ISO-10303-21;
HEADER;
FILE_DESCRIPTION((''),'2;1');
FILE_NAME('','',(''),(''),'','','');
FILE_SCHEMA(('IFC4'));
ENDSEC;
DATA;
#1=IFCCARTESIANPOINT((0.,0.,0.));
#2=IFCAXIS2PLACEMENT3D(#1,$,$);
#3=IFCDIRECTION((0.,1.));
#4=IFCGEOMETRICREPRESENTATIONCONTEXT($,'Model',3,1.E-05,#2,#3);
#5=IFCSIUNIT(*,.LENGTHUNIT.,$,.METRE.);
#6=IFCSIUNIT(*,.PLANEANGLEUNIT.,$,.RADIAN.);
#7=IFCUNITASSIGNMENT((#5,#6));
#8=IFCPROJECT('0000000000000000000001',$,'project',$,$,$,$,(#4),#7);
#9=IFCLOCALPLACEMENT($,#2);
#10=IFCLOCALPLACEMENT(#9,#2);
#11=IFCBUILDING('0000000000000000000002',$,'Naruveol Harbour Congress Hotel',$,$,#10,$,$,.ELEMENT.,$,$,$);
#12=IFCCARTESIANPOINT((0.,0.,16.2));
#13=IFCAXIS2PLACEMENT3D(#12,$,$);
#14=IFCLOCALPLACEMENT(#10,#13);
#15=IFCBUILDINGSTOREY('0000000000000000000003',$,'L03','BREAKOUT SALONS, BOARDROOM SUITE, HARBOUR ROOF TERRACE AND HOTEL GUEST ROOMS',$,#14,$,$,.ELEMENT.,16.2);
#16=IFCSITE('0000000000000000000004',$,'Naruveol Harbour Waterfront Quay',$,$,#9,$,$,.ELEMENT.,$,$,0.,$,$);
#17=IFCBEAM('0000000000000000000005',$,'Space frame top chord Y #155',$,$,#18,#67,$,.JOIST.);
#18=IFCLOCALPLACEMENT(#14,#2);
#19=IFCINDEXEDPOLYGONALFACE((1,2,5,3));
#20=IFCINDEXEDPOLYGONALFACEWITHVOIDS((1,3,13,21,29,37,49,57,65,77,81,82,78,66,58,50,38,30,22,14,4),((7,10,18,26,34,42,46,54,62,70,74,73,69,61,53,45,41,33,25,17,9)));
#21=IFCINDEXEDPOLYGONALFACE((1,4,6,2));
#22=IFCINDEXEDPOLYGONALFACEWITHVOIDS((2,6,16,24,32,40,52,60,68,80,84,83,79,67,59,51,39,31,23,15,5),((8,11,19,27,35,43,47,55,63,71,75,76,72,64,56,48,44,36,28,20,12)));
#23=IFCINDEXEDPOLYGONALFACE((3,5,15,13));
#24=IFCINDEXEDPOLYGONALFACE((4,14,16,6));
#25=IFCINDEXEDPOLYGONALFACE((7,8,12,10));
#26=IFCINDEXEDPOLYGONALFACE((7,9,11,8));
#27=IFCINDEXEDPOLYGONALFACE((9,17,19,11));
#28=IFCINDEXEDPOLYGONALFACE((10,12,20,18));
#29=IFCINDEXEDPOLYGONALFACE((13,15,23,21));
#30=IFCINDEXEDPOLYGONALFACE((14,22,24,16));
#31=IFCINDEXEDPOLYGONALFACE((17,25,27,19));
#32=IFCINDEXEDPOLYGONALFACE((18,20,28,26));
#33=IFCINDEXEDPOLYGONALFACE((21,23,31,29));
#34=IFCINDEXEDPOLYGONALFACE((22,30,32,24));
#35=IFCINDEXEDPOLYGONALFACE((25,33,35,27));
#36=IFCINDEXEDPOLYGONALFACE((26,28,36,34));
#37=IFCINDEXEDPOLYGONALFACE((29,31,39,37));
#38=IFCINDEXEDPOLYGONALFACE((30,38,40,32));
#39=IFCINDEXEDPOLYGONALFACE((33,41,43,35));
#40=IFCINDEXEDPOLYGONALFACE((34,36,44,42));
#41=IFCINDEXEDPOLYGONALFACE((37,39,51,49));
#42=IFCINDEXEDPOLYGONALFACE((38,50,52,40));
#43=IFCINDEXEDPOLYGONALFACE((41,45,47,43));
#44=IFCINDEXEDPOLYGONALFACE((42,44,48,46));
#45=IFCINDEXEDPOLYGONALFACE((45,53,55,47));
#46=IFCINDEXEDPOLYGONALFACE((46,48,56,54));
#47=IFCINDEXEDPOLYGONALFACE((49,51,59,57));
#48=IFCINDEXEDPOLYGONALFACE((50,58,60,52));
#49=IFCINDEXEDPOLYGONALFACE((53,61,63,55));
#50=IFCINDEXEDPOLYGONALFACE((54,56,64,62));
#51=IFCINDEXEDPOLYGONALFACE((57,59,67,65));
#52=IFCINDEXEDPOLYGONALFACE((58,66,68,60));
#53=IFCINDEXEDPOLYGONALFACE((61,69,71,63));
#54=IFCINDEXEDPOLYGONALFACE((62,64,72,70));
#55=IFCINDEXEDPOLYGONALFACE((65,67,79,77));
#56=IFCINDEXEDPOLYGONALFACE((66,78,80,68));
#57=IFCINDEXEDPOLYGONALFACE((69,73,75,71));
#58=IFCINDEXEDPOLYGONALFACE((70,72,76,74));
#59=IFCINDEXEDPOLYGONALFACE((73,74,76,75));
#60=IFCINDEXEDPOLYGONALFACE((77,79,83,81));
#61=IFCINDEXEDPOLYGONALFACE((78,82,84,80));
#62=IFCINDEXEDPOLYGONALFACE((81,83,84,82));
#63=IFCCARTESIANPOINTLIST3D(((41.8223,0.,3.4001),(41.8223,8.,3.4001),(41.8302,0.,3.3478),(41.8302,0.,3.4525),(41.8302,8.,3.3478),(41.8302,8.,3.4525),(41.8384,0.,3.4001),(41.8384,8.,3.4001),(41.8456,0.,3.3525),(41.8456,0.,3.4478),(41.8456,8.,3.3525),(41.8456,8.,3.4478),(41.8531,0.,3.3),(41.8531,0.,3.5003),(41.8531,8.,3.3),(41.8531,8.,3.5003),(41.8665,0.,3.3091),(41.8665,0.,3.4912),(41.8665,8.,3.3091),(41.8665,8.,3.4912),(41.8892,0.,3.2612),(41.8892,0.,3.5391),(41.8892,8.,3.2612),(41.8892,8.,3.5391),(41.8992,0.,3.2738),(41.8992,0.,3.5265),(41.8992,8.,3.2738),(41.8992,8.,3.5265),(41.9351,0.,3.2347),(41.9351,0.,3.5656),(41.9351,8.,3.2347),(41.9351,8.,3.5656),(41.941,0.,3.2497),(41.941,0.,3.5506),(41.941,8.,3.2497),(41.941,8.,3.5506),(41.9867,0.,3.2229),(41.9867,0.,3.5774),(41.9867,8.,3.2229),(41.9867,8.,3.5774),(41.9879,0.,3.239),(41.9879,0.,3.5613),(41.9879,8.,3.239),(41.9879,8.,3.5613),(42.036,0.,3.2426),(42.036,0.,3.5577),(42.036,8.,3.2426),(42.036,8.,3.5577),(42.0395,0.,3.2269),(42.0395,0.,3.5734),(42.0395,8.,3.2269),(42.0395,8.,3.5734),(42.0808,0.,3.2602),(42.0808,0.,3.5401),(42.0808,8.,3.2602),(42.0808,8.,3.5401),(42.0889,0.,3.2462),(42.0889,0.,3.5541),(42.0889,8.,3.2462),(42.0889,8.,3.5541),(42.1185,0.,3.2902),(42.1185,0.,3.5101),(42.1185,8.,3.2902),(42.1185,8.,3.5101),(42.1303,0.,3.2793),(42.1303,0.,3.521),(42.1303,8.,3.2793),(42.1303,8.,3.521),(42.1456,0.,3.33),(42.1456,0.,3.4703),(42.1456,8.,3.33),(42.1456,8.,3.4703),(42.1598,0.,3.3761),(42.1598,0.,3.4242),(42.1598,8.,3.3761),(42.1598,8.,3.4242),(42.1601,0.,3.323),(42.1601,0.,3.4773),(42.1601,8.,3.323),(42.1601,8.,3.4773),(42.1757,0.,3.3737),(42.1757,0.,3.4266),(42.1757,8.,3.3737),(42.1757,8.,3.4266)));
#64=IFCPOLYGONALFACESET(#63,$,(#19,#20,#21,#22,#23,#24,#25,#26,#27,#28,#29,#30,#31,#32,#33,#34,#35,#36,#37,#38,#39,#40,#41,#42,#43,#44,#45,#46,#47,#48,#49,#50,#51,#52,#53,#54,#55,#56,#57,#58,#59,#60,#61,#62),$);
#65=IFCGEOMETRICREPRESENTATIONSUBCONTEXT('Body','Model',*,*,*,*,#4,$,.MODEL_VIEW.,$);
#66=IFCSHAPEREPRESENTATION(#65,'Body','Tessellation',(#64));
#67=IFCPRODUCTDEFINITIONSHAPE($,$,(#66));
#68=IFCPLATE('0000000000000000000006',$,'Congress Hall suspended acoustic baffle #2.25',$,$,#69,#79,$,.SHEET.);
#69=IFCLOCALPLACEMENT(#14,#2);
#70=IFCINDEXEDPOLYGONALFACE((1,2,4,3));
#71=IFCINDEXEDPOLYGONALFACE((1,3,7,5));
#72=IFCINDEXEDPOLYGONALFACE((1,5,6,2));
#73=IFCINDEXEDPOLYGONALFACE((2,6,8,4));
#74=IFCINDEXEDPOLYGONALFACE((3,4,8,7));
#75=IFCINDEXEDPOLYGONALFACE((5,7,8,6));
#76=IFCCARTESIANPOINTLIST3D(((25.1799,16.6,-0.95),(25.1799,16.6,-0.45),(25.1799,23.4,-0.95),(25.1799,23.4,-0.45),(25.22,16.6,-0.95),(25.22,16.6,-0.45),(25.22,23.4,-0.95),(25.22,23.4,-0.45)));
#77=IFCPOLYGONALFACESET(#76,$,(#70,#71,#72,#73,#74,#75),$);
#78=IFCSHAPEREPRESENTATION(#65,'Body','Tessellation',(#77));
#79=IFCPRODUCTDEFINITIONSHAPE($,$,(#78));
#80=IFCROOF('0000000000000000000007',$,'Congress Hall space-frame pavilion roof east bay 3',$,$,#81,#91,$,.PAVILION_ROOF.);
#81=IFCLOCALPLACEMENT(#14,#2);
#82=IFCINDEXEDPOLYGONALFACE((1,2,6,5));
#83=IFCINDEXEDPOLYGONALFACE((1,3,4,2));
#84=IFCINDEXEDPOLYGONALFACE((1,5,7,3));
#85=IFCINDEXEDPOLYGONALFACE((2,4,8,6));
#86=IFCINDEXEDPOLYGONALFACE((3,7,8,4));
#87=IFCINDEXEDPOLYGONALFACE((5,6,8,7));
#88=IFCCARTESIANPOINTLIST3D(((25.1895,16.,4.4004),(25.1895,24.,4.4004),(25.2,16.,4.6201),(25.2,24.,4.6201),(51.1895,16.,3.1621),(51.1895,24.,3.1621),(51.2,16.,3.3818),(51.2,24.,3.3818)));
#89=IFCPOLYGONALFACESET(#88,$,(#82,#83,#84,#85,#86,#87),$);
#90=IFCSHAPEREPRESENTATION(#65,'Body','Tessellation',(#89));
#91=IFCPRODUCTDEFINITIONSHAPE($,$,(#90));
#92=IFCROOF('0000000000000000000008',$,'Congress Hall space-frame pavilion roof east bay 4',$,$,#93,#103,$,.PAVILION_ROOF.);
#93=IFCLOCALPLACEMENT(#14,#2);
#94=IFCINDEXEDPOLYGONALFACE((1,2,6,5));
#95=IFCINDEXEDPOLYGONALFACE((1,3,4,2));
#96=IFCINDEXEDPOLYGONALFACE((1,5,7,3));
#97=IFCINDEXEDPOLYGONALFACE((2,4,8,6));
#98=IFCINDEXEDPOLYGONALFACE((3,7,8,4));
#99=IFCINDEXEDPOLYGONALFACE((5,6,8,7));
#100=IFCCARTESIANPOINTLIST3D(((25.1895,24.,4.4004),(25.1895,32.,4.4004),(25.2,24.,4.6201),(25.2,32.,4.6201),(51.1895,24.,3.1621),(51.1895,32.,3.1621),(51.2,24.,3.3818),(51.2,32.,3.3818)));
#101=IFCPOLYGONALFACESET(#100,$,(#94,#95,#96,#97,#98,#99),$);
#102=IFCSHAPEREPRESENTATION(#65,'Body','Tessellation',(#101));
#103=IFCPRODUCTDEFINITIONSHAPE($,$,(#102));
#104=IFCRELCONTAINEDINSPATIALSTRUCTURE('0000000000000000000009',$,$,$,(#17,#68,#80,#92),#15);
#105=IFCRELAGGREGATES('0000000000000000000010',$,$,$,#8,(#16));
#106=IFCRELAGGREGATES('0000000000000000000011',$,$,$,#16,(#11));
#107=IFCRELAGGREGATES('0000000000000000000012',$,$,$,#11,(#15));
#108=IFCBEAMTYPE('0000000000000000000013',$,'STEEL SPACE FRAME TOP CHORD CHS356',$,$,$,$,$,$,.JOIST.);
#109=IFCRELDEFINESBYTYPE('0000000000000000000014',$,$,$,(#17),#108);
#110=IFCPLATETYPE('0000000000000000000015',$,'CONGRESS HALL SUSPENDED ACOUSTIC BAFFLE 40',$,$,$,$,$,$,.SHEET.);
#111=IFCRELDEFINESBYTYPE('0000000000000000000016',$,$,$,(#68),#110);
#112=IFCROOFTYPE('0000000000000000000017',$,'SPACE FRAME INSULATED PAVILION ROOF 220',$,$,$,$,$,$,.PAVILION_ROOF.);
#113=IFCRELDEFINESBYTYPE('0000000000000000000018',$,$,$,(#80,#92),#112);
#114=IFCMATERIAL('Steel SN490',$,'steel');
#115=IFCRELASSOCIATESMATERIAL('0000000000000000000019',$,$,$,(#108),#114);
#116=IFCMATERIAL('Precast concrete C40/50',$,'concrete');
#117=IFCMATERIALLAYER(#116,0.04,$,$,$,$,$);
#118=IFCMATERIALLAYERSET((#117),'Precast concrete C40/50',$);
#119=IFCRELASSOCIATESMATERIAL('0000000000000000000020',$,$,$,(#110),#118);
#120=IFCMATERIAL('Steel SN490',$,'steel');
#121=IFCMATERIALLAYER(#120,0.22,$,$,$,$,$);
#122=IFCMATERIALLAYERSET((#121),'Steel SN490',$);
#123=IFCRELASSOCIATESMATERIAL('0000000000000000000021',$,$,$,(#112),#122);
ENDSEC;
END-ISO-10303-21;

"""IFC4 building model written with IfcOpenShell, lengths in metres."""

from ifc_helpers import new_model, si_unit, direction, frame, origin, origin_2d, place, context, subcontext, project, spatial, polyline, rectangle, hollow_circle, outline, extrude, material, layer, layer_set, material_profile, profile_set, type_object, element, save


model = new_model("IFC4")

# Units and contexts
model_context = context("Model", 3, precision=1e-05, world=origin(), true_north=direction((0.0, 1.0)))
body_context = subcontext(model_context, "Body", "Model", "MODEL_VIEW")
ifc_project = project(units=[si_unit("LENGTHUNIT", "METRE"), si_unit("PLANEANGLEUNIT", "RADIAN")], contexts=[model_context])

# Site, building, storey
site_placement = place(None, origin())
site = spatial("IfcSite", under=ifc_project, at=site_placement, Name="Naruveol Harbour Waterfront Quay", CompositionType="ELEMENT", RefElevation=0.0)
building_placement = place(site_placement, origin())
building = spatial("IfcBuilding", under=site, at=building_placement, Name="Naruveol Harbour Congress Hotel", CompositionType="ELEMENT")
storey_placement = place(building_placement, frame((0.0, 0.0, 16.2)))
storey = spatial("IfcBuildingStorey", under=building, at=storey_placement, Name="L03", Description="BREAKOUT SALONS, BOARDROOM SUITE, HARBOUR ROOF TERRACE AND HOTEL GUEST ROOMS", CompositionType="ELEMENT", Elevation=16.2)

# Beam
ifc_material_1 = material(Name="Steel SN490", Category="steel")
ifc_material_profile_1 = material_profile(ifc_material_1, hollow_circle(Radius=0.1777, WallThickness=0.0161, at=origin_2d()), Name="CHS-355.6x16")
ifc_profile_set_1 = profile_set([ifc_material_profile_1], Name="Steel SN490")
beam_type_1 = type_object("IfcBeamType", Name="STEEL SPACE FRAME TOP CHORD CHS356", PredefinedType="JOIST", material=ifc_profile_set_1)
for number, where, z_axis, x_axis, name in (
    (1, (42.0, 0.0, 3.4001), (0.0, 1.0, 0.0), (-1.0, 0.0, 0.0), "Space frame top chord Y #155"),
):
    element("IfcBeam", number, at=place(storey_placement, frame(where, z_axis=z_axis, x_axis=x_axis)), inside=storey, type_object=beam_type_1, Name=name, PredefinedType="JOIST", context=body_context, shape_type="SweptSolid", body=[
        extrude(hollow_circle(Radius=0.1777, WallThickness=0.0161, at=origin_2d()), origin(), (0.0, 0.0, 1.0), 8.0),
    ])

# Plate
ifc_material_2 = material(Name="Precast concrete C40/50", Category="concrete")
ifc_layer_1 = layer(ifc_material_2, 0.04)
ifc_layer_set_1 = layer_set([ifc_layer_1], Name="Precast concrete C40/50")
plate_type = type_object("IfcPlateType", Name="CONGRESS HALL SUSPENDED ACOUSTIC BAFFLE 40", PredefinedType="SHEET", material=ifc_layer_set_1)
plate_placement = place(storey_placement, frame((25.2, 20.0, -0.95), z_axis=(0.0, 0.0, 1.0), x_axis=(1.0, 0.0, 0.0)))
element("IfcPlate", 2, at=plate_placement, inside=storey, type_object=plate_type, Name="Congress Hall suspended acoustic baffle #2.25", PredefinedType="SHEET", context=body_context, shape_type="SweptSolid", body=[
    extrude(rectangle(XDim=0.04, YDim=6.8, at=origin_2d()), origin(), (0.0, 0.0, 1.0), 0.5),
])

# Roofs
ifc_material_3 = material(Name="Steel SN490", Category="steel")
ifc_layer_2 = layer(ifc_material_3, 0.22)
ifc_layer_set_2 = layer_set([ifc_layer_2], Name="Steel SN490")
roof_type = type_object("IfcRoofType", Name="SPACE FRAME INSULATED PAVILION ROOF 220", PredefinedType="PAVILION_ROOF", material=ifc_layer_set_2)
for number, where, z_axis, x_axis, name in (
    (3, (25.2, 16.0, 4.6201), (0.047572, 0.0, 0.998868), (0.998868, 0.0, -0.047572), "Congress Hall space-frame pavilion roof east bay 3"),
    (4, (25.2, 24.0, 4.6201), (0.047572, 0.0, 0.998868), (0.998868, 0.0, -0.047572), "Congress Hall space-frame pavilion roof east bay 4"),
):
    element("IfcRoof", number, at=place(storey_placement, frame(where, z_axis=z_axis, x_axis=x_axis)), inside=storey, type_object=roof_type, Name=name, PredefinedType="PAVILION_ROOF", context=body_context, shape_type="SweptSolid", body=[
        extrude(outline(polyline([(0.0, 0.0), (26.0295, 0.0), (26.0295, 8.0), (0.0, 8.0), (0.0, 0.0)])), origin(), (0.0, 0.0, -1.0), 0.22),
    ])

save(model, "model.ifc")
